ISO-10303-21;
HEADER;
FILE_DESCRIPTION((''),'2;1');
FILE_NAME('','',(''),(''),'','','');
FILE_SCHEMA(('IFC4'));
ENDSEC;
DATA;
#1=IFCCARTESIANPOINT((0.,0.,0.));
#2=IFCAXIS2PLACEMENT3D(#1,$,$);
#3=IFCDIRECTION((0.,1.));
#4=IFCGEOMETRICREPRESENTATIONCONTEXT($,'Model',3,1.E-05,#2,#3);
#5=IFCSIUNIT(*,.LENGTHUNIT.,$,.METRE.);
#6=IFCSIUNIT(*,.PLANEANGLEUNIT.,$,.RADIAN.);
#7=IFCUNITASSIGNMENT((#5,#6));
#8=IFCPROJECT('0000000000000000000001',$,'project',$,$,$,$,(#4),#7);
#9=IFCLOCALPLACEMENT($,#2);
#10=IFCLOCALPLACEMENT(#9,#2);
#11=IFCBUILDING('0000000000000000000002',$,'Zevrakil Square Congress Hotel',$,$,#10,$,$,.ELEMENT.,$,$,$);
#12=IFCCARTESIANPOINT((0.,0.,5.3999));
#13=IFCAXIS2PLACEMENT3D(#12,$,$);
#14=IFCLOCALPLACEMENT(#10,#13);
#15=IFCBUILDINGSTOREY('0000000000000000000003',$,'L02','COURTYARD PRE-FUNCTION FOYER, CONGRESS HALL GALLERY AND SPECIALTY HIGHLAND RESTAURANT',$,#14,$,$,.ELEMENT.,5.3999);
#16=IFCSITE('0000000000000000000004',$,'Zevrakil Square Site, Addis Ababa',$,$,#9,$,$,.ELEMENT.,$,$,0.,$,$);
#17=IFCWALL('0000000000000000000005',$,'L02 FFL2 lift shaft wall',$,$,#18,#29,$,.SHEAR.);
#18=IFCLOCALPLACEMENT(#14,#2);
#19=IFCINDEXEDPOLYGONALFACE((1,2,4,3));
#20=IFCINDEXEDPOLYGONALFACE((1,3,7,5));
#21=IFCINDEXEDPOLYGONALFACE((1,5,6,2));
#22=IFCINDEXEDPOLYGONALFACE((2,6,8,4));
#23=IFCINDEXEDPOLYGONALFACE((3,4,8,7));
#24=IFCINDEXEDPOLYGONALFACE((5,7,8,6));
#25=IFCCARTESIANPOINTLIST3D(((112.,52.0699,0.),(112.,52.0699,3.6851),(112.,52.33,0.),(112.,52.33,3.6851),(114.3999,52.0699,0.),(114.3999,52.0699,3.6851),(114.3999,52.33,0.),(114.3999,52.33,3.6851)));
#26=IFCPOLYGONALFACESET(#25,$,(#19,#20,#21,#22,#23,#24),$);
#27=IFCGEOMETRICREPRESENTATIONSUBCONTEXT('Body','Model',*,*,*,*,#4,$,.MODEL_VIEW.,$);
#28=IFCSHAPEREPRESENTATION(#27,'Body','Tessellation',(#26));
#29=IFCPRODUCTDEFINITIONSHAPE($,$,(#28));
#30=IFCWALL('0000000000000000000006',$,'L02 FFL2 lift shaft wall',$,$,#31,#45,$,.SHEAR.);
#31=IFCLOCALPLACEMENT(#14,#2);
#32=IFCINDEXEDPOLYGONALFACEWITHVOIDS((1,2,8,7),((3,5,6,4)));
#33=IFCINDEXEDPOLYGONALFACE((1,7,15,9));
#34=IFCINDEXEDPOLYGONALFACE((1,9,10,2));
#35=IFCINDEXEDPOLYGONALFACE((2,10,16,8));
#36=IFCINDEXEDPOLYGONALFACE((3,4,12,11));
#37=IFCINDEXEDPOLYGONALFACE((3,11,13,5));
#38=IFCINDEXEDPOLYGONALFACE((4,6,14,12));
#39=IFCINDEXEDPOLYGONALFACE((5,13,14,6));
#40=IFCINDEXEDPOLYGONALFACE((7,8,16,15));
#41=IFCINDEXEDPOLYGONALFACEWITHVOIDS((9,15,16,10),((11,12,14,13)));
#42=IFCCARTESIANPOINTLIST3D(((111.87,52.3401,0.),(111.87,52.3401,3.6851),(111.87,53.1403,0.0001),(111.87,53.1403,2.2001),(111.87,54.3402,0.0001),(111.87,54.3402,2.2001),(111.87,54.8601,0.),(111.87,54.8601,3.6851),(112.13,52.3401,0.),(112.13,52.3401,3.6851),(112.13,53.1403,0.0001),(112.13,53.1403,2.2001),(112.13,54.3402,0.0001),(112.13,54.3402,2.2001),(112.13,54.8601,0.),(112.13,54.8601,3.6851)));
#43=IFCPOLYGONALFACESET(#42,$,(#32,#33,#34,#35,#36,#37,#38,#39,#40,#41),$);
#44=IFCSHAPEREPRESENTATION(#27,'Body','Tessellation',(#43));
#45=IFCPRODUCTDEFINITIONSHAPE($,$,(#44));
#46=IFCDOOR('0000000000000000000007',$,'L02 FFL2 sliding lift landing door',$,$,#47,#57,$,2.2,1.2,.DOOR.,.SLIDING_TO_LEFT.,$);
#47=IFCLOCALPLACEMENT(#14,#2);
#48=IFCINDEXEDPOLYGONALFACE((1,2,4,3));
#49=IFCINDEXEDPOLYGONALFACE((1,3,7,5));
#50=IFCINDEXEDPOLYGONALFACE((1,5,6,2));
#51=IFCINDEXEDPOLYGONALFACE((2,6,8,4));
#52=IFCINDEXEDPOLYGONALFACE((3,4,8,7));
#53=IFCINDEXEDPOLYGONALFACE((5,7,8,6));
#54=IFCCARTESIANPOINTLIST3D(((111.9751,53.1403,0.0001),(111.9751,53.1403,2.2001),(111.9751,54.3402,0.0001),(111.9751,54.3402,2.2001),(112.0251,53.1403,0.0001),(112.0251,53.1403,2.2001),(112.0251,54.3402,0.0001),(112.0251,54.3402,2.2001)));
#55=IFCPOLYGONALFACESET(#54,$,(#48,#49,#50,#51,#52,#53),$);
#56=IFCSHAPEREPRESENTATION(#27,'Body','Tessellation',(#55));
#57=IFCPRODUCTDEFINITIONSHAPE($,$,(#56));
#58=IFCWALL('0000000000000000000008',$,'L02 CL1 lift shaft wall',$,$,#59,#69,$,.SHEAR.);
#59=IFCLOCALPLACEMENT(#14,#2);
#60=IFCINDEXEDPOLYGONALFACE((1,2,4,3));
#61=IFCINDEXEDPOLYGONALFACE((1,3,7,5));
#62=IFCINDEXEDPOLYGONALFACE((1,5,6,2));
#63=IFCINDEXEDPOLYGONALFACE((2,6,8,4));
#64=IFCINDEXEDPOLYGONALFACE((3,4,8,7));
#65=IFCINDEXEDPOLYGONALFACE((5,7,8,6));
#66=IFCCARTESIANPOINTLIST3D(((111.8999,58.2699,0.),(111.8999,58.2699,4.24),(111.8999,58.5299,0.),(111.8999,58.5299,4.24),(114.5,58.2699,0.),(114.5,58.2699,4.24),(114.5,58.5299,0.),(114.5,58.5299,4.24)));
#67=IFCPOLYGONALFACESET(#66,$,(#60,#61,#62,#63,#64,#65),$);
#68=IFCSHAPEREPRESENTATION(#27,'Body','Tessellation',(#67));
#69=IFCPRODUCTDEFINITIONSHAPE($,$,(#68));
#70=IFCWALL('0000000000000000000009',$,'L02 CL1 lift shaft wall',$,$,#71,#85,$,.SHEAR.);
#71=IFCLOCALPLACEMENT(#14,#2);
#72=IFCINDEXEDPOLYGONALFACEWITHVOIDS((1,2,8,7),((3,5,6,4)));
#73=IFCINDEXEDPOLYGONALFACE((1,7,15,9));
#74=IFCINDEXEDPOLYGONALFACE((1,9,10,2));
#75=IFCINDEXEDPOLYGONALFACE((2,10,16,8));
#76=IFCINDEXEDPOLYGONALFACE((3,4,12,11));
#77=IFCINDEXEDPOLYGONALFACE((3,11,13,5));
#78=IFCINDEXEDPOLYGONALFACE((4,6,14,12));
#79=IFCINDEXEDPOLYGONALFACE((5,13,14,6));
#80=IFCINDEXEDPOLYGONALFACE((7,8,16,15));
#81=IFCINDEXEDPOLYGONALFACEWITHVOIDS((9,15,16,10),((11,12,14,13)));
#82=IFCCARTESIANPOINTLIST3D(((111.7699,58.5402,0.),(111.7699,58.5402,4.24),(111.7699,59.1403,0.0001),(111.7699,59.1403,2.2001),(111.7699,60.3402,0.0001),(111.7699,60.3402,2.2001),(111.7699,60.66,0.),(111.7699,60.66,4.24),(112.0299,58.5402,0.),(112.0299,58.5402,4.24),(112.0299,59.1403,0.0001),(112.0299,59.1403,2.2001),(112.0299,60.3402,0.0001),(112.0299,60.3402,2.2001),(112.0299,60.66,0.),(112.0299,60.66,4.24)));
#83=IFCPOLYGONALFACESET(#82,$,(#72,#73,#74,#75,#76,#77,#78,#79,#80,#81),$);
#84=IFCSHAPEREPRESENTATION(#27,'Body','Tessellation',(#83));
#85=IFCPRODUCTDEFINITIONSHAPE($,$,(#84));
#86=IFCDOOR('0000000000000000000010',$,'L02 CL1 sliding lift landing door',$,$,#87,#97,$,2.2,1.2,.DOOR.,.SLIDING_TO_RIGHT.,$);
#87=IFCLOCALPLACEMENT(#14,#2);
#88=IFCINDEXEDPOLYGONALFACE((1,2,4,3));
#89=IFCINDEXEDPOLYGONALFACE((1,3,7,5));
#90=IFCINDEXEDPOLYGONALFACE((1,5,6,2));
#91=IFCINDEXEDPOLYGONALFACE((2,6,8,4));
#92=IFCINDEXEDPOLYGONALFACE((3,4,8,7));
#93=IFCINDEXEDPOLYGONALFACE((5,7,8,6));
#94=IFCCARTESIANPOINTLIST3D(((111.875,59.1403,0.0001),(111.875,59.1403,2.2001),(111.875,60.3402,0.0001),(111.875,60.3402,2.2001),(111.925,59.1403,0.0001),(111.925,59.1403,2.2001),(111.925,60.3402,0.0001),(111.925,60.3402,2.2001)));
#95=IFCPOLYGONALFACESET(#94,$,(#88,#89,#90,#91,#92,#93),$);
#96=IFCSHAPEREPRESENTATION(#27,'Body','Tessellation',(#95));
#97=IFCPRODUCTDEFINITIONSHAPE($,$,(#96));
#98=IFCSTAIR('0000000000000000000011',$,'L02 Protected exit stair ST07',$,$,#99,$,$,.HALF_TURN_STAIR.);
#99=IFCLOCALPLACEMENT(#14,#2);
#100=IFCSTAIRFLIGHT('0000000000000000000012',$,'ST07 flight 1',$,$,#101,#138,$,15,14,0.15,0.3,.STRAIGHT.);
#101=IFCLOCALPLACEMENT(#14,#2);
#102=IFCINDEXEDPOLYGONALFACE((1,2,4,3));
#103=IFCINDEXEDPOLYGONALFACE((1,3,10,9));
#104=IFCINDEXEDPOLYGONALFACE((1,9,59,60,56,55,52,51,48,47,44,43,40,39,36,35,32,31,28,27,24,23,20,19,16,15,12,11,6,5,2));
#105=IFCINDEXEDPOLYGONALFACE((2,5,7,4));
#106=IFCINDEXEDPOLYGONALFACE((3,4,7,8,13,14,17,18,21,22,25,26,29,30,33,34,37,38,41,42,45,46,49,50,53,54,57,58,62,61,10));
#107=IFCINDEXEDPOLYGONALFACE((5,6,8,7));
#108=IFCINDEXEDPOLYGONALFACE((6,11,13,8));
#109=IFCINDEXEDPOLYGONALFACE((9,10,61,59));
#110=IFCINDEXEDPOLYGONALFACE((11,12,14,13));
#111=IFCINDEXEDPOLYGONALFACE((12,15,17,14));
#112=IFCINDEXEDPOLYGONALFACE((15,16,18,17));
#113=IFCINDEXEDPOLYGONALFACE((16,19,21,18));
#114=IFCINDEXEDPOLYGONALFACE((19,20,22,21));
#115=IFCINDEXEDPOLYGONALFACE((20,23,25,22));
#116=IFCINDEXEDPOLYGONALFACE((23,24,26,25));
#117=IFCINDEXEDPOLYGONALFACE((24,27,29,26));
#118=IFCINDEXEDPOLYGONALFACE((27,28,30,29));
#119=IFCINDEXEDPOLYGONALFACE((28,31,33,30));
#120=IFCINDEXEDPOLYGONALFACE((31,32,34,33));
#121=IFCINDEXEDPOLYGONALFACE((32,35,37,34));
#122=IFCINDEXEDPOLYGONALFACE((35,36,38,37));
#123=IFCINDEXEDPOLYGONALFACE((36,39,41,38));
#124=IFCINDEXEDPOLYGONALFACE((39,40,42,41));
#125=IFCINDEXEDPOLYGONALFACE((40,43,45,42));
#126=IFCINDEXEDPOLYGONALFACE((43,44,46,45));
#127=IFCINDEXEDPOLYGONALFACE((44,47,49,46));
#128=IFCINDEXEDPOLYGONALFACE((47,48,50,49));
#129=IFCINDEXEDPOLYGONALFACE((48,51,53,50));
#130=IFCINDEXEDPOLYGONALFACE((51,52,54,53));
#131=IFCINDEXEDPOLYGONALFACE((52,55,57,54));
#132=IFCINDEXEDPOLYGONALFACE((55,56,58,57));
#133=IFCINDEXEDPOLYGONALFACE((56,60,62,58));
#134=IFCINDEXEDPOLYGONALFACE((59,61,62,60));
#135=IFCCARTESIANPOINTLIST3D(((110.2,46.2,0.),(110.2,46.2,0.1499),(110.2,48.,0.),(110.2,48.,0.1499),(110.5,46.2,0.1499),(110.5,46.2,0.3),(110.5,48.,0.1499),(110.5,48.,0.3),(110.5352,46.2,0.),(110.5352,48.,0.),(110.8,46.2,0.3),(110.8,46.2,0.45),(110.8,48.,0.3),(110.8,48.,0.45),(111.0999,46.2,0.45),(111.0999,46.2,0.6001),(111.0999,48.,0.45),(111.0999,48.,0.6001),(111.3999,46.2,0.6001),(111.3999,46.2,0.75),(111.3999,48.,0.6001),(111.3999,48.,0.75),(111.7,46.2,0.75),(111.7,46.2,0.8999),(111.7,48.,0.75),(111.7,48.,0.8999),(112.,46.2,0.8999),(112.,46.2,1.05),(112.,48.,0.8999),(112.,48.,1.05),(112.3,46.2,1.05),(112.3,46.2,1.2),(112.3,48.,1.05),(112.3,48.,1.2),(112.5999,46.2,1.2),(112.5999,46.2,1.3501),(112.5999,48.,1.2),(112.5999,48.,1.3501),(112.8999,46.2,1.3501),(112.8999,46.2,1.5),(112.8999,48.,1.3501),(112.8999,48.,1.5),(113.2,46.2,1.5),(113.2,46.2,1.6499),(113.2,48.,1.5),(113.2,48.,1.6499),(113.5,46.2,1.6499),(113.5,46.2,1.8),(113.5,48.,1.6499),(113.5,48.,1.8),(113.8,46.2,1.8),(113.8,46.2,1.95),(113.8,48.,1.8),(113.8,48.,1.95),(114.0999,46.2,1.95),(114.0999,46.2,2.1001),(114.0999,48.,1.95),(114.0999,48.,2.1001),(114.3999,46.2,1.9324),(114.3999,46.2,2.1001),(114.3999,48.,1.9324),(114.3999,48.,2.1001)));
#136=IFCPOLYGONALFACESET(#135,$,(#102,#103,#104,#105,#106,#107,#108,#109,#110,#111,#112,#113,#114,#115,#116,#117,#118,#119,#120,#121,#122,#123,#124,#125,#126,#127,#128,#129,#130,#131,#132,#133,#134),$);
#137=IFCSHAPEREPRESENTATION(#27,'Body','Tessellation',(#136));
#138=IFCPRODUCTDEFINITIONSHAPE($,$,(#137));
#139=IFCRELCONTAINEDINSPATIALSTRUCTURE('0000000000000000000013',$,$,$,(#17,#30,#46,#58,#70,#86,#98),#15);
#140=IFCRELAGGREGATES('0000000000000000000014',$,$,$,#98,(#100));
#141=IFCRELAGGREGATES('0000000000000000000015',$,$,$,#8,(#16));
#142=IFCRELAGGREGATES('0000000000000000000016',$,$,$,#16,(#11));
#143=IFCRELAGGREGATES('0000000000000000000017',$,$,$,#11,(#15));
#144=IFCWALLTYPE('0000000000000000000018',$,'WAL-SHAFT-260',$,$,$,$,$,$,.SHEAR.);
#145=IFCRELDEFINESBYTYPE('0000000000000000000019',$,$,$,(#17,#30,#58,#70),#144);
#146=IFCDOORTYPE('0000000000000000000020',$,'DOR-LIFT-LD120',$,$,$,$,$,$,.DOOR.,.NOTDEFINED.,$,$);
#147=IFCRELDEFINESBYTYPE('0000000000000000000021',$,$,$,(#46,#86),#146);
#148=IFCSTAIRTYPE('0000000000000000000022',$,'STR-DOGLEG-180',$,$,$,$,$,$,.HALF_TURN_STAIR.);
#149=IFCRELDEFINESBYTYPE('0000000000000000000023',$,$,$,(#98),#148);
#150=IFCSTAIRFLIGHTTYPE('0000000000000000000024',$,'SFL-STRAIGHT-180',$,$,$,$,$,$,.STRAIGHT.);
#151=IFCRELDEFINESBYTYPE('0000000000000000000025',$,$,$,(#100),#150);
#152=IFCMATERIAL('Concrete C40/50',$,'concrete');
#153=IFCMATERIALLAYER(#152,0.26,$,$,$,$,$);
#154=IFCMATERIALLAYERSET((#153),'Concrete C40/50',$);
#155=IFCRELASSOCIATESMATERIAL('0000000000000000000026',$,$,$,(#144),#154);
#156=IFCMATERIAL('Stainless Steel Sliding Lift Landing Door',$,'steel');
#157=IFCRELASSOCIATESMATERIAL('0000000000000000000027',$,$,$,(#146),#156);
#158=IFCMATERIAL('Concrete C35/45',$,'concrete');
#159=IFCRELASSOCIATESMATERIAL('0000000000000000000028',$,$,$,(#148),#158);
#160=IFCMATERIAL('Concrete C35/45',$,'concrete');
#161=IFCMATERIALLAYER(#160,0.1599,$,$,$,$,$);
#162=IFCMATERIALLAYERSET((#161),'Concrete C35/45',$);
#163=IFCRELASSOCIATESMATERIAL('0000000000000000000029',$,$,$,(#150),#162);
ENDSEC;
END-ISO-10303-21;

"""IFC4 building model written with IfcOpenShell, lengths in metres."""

from ifc_helpers import new_model, si_unit, direction, frame, frame_2d, origin, place, context, subcontext, project, spatial, polyline, rectangle, outline, extrude, material, layer, layer_set, type_object, element, fill, aggregate, save


model = new_model("IFC4")

# Units and contexts
model_context = context("Model", 3, precision=1e-05, world=origin(), true_north=direction((0.0, 1.0)))
body_context = subcontext(model_context, "Body", "Model", "MODEL_VIEW")
ifc_project = project(units=[si_unit("LENGTHUNIT", "METRE"), si_unit("PLANEANGLEUNIT", "RADIAN")], contexts=[model_context])

# Site, building, storey
site_placement = place(None, origin())
site = spatial("IfcSite", under=ifc_project, at=site_placement, Name="Zevrakil Square Site, Addis Ababa", CompositionType="ELEMENT", RefElevation=0.0)
building_placement = place(site_placement, origin())
building = spatial("IfcBuilding", under=site, at=building_placement, Name="Zevrakil Square Congress Hotel", CompositionType="ELEMENT")
storey_placement = place(building_placement, frame((0.0, 0.0, 5.3999)))
storey = spatial("IfcBuildingStorey", under=building, at=storey_placement, Name="L02", Description="COURTYARD PRE-FUNCTION FOYER, CONGRESS HALL GALLERY AND SPECIALTY HIGHLAND RESTAURANT", CompositionType="ELEMENT", Elevation=5.3999)

# Shared definitions
ifc_material_1 = material(Name="Concrete C40/50", Category="concrete")
ifc_layer_1 = layer(ifc_material_1, 0.26)
ifc_layer_set_1 = layer_set([ifc_layer_1], Name="Concrete C40/50")
wall_type_1 = type_object("IfcWallType", Name="WAL-SHAFT-260", PredefinedType="SHEAR", material=ifc_layer_set_1)

# Wall
wall_1_placement = place(storey_placement, frame((112.0, 52.2, 0.0), z_axis=(0.0, 0.0, 1.0), x_axis=(1.0, 0.0, 0.0)))
element("IfcWall", 1, at=wall_1_placement, inside=storey, type_object=wall_type_1, Name="L02 FFL2 lift shaft wall", PredefinedType="SHEAR", context=body_context, shape_type="SweptSolid", body=[
    extrude(rectangle(XDim=2.3999, YDim=0.26, at=frame_2d((1.2, 0.0))), origin(), (0.0, 0.0, 1.0), 3.6851),
])

# Wall, opening, door
wall_2_placement = place(storey_placement, frame((112.0, 52.3401, 0.0), z_axis=(0.0, 0.0, 1.0), x_axis=(0.0, 1.0, 0.0)))
wall_2 = element("IfcWall", 2, at=wall_2_placement, inside=storey, type_object=wall_type_1, Name="L02 FFL2 lift shaft wall", PredefinedType="SHEAR", context=body_context, shape_type="SweptSolid", body=[
    extrude(rectangle(XDim=2.52, YDim=0.26, at=frame_2d((1.26, 0.0))), origin(), (0.0, 0.0, 1.0), 3.6851),
])
opening_1_placement = place(wall_2_placement, frame((0.8, 0.0, 0.0)))
opening_1 = element("IfcOpeningElement", 3, at=opening_1_placement, cuts=wall_2, PredefinedType="OPENING", context=body_context, shape_type="SweptSolid", body=[
    extrude(rectangle(XDim=1.2, YDim=2.2, at=frame_2d((0.6001, 1.1001))), frame((0.0, 0.1401, 0.0), z_axis=(0.0, -1.0, 0.0), x_axis=(1.0, 0.0, 0.0)), (0.0, 0.0, 1.0), 0.28),
])
ifc_material_2 = material(Name="Stainless Steel Sliding Lift Landing Door", Category="steel")
door_type_1 = type_object("IfcDoorType", Name="DOR-LIFT-LD120", OperationType="NOTDEFINED", PredefinedType="DOOR", material=ifc_material_2)
door_1_placement = place(opening_1_placement, origin())
door_1 = element("IfcDoor", 4, at=door_1_placement, inside=storey, type_object=door_type_1, Name="L02 FFL2 sliding lift landing door", OperationType="SLIDING_TO_LEFT", OverallHeight=2.2, OverallWidth=1.2, PredefinedType="DOOR", context=body_context, shape_type="SweptSolid", body=[
    extrude(rectangle(XDim=1.2, YDim=2.2, at=frame_2d((0.6001, 1.1001))), frame((0.0, 0.0249, 0.0), z_axis=(0.0, -1.0, 0.0), x_axis=(1.0, 0.0, 0.0)), (0.0, 0.0, 1.0), 0.05),
])
fill(opening_1, door_1)

# Wall
wall_3_placement = place(storey_placement, frame((111.8999, 58.3999, 0.0), z_axis=(0.0, 0.0, 1.0), x_axis=(1.0, 0.0, 0.0)))
element("IfcWall", 5, at=wall_3_placement, inside=storey, type_object=wall_type_1, Name="L02 CL1 lift shaft wall", PredefinedType="SHEAR", context=body_context, shape_type="SweptSolid", body=[
    extrude(rectangle(XDim=2.6001, YDim=0.26, at=frame_2d((1.3, 0.0))), origin(), (0.0, 0.0, 1.0), 4.24),
])

# Wall, opening, door
wall_4_placement = place(storey_placement, frame((111.8999, 58.54, 0.0), z_axis=(0.0, 0.0, 1.0), x_axis=(0.0, 1.0, 0.0)))
wall_4 = element("IfcWall", 6, at=wall_4_placement, inside=storey, type_object=wall_type_1, Name="L02 CL1 lift shaft wall", PredefinedType="SHEAR", context=body_context, shape_type="SweptSolid", body=[
    extrude(rectangle(XDim=2.1199, YDim=0.26, at=frame_2d((1.0601, 0.0))), origin(), (0.0, 0.0, 1.0), 4.24),
])
opening_2_placement = place(wall_4_placement, frame((0.6001, 0.0, 0.0)))
opening_2 = element("IfcOpeningElement", 7, at=opening_2_placement, cuts=wall_4, PredefinedType="OPENING", context=body_context, shape_type="SweptSolid", body=[
    extrude(rectangle(XDim=1.2, YDim=2.2, at=frame_2d((0.6001, 1.1001))), frame((0.0, 0.1401, 0.0), z_axis=(0.0, -1.0, 0.0), x_axis=(1.0, 0.0, 0.0)), (0.0, 0.0, 1.0), 0.28),
])
door_2_placement = place(opening_2_placement, origin())
door_2 = element("IfcDoor", 8, at=door_2_placement, inside=storey, type_object=door_type_1, Name="L02 CL1 sliding lift landing door", OperationType="SLIDING_TO_RIGHT", OverallHeight=2.2, OverallWidth=1.2, PredefinedType="DOOR", context=body_context, shape_type="SweptSolid", body=[
    extrude(rectangle(XDim=1.2, YDim=2.2, at=frame_2d((0.6001, 1.1001))), frame((0.0, 0.0249, 0.0), z_axis=(0.0, -1.0, 0.0), x_axis=(1.0, 0.0, 0.0)), (0.0, 0.0, 1.0), 0.05),
])
fill(opening_2, door_2)

# Stair, stair flight
ifc_material_3 = material(Name="Concrete C35/45", Category="concrete")
stair_type = type_object("IfcStairType", Name="STR-DOGLEG-180", PredefinedType="HALF_TURN_STAIR", material=ifc_material_3)
stair_placement = place(storey_placement, origin())
stair = element("IfcStair", 9, at=stair_placement, inside=storey, type_object=stair_type, Name="L02 Protected exit stair ST07", PredefinedType="HALF_TURN_STAIR")
ifc_material_4 = material(Name="Concrete C35/45", Category="concrete")
ifc_layer_2 = layer(ifc_material_4, 0.1599)
ifc_layer_set_2 = layer_set([ifc_layer_2], Name="Concrete C35/45")
stair_flight_type = type_object("IfcStairFlightType", Name="SFL-STRAIGHT-180", PredefinedType="STRAIGHT", material=ifc_layer_set_2)
stair_flight_placement = place(storey_placement, frame((110.2, 47.1001, 0.0), z_axis=(0.0, 0.0, 1.0), x_axis=(1.0, 0.0, 0.0)))
stair_flight = element("IfcStairFlight", 10, at=stair_flight_placement, type_object=stair_flight_type, Name="ST07 flight 1", NumberOfRisers=15, NumberOfTreads=14, PredefinedType="STRAIGHT", RiserHeight=0.15, TreadLength=0.3, context=body_context, shape_type="SweptSolid", body=[
    extrude(outline(polyline([(0.0, 0.0), (0.0, 0.1499), (0.3, 0.1499), (0.3, 0.3), (0.6001, 0.3), (0.6001, 0.45), (0.8999, 0.45), (0.8999, 0.6001), (1.2, 0.6001), (1.2, 0.75), (1.5, 0.75), (1.5, 0.8999), (1.8, 0.8999), (1.8, 1.05), (2.1001, 1.05), (2.1001, 1.2), (2.3999, 1.2), (2.3999, 1.3501), (2.7, 1.3501), (2.7, 1.5), (3.0, 1.5), (3.0, 1.6499), (3.3, 1.6499), (3.3, 1.8), (3.6001, 1.8), (3.6001, 1.95), (3.8999, 1.95), (3.8999, 2.1001), (4.2, 2.1001), (4.2, 2.25), (4.2, 1.9324), (0.3352, 0.0), (0.0, 0.0)])), frame((0.0, 0.8999, 0.0), z_axis=(0.0, -1.0, 0.0), x_axis=(1.0, 0.0, 0.0)), (0.0, 0.0, 1.0), 1.8),
])
aggregate(stair, [stair_flight])

save(model, "model.ifc")
